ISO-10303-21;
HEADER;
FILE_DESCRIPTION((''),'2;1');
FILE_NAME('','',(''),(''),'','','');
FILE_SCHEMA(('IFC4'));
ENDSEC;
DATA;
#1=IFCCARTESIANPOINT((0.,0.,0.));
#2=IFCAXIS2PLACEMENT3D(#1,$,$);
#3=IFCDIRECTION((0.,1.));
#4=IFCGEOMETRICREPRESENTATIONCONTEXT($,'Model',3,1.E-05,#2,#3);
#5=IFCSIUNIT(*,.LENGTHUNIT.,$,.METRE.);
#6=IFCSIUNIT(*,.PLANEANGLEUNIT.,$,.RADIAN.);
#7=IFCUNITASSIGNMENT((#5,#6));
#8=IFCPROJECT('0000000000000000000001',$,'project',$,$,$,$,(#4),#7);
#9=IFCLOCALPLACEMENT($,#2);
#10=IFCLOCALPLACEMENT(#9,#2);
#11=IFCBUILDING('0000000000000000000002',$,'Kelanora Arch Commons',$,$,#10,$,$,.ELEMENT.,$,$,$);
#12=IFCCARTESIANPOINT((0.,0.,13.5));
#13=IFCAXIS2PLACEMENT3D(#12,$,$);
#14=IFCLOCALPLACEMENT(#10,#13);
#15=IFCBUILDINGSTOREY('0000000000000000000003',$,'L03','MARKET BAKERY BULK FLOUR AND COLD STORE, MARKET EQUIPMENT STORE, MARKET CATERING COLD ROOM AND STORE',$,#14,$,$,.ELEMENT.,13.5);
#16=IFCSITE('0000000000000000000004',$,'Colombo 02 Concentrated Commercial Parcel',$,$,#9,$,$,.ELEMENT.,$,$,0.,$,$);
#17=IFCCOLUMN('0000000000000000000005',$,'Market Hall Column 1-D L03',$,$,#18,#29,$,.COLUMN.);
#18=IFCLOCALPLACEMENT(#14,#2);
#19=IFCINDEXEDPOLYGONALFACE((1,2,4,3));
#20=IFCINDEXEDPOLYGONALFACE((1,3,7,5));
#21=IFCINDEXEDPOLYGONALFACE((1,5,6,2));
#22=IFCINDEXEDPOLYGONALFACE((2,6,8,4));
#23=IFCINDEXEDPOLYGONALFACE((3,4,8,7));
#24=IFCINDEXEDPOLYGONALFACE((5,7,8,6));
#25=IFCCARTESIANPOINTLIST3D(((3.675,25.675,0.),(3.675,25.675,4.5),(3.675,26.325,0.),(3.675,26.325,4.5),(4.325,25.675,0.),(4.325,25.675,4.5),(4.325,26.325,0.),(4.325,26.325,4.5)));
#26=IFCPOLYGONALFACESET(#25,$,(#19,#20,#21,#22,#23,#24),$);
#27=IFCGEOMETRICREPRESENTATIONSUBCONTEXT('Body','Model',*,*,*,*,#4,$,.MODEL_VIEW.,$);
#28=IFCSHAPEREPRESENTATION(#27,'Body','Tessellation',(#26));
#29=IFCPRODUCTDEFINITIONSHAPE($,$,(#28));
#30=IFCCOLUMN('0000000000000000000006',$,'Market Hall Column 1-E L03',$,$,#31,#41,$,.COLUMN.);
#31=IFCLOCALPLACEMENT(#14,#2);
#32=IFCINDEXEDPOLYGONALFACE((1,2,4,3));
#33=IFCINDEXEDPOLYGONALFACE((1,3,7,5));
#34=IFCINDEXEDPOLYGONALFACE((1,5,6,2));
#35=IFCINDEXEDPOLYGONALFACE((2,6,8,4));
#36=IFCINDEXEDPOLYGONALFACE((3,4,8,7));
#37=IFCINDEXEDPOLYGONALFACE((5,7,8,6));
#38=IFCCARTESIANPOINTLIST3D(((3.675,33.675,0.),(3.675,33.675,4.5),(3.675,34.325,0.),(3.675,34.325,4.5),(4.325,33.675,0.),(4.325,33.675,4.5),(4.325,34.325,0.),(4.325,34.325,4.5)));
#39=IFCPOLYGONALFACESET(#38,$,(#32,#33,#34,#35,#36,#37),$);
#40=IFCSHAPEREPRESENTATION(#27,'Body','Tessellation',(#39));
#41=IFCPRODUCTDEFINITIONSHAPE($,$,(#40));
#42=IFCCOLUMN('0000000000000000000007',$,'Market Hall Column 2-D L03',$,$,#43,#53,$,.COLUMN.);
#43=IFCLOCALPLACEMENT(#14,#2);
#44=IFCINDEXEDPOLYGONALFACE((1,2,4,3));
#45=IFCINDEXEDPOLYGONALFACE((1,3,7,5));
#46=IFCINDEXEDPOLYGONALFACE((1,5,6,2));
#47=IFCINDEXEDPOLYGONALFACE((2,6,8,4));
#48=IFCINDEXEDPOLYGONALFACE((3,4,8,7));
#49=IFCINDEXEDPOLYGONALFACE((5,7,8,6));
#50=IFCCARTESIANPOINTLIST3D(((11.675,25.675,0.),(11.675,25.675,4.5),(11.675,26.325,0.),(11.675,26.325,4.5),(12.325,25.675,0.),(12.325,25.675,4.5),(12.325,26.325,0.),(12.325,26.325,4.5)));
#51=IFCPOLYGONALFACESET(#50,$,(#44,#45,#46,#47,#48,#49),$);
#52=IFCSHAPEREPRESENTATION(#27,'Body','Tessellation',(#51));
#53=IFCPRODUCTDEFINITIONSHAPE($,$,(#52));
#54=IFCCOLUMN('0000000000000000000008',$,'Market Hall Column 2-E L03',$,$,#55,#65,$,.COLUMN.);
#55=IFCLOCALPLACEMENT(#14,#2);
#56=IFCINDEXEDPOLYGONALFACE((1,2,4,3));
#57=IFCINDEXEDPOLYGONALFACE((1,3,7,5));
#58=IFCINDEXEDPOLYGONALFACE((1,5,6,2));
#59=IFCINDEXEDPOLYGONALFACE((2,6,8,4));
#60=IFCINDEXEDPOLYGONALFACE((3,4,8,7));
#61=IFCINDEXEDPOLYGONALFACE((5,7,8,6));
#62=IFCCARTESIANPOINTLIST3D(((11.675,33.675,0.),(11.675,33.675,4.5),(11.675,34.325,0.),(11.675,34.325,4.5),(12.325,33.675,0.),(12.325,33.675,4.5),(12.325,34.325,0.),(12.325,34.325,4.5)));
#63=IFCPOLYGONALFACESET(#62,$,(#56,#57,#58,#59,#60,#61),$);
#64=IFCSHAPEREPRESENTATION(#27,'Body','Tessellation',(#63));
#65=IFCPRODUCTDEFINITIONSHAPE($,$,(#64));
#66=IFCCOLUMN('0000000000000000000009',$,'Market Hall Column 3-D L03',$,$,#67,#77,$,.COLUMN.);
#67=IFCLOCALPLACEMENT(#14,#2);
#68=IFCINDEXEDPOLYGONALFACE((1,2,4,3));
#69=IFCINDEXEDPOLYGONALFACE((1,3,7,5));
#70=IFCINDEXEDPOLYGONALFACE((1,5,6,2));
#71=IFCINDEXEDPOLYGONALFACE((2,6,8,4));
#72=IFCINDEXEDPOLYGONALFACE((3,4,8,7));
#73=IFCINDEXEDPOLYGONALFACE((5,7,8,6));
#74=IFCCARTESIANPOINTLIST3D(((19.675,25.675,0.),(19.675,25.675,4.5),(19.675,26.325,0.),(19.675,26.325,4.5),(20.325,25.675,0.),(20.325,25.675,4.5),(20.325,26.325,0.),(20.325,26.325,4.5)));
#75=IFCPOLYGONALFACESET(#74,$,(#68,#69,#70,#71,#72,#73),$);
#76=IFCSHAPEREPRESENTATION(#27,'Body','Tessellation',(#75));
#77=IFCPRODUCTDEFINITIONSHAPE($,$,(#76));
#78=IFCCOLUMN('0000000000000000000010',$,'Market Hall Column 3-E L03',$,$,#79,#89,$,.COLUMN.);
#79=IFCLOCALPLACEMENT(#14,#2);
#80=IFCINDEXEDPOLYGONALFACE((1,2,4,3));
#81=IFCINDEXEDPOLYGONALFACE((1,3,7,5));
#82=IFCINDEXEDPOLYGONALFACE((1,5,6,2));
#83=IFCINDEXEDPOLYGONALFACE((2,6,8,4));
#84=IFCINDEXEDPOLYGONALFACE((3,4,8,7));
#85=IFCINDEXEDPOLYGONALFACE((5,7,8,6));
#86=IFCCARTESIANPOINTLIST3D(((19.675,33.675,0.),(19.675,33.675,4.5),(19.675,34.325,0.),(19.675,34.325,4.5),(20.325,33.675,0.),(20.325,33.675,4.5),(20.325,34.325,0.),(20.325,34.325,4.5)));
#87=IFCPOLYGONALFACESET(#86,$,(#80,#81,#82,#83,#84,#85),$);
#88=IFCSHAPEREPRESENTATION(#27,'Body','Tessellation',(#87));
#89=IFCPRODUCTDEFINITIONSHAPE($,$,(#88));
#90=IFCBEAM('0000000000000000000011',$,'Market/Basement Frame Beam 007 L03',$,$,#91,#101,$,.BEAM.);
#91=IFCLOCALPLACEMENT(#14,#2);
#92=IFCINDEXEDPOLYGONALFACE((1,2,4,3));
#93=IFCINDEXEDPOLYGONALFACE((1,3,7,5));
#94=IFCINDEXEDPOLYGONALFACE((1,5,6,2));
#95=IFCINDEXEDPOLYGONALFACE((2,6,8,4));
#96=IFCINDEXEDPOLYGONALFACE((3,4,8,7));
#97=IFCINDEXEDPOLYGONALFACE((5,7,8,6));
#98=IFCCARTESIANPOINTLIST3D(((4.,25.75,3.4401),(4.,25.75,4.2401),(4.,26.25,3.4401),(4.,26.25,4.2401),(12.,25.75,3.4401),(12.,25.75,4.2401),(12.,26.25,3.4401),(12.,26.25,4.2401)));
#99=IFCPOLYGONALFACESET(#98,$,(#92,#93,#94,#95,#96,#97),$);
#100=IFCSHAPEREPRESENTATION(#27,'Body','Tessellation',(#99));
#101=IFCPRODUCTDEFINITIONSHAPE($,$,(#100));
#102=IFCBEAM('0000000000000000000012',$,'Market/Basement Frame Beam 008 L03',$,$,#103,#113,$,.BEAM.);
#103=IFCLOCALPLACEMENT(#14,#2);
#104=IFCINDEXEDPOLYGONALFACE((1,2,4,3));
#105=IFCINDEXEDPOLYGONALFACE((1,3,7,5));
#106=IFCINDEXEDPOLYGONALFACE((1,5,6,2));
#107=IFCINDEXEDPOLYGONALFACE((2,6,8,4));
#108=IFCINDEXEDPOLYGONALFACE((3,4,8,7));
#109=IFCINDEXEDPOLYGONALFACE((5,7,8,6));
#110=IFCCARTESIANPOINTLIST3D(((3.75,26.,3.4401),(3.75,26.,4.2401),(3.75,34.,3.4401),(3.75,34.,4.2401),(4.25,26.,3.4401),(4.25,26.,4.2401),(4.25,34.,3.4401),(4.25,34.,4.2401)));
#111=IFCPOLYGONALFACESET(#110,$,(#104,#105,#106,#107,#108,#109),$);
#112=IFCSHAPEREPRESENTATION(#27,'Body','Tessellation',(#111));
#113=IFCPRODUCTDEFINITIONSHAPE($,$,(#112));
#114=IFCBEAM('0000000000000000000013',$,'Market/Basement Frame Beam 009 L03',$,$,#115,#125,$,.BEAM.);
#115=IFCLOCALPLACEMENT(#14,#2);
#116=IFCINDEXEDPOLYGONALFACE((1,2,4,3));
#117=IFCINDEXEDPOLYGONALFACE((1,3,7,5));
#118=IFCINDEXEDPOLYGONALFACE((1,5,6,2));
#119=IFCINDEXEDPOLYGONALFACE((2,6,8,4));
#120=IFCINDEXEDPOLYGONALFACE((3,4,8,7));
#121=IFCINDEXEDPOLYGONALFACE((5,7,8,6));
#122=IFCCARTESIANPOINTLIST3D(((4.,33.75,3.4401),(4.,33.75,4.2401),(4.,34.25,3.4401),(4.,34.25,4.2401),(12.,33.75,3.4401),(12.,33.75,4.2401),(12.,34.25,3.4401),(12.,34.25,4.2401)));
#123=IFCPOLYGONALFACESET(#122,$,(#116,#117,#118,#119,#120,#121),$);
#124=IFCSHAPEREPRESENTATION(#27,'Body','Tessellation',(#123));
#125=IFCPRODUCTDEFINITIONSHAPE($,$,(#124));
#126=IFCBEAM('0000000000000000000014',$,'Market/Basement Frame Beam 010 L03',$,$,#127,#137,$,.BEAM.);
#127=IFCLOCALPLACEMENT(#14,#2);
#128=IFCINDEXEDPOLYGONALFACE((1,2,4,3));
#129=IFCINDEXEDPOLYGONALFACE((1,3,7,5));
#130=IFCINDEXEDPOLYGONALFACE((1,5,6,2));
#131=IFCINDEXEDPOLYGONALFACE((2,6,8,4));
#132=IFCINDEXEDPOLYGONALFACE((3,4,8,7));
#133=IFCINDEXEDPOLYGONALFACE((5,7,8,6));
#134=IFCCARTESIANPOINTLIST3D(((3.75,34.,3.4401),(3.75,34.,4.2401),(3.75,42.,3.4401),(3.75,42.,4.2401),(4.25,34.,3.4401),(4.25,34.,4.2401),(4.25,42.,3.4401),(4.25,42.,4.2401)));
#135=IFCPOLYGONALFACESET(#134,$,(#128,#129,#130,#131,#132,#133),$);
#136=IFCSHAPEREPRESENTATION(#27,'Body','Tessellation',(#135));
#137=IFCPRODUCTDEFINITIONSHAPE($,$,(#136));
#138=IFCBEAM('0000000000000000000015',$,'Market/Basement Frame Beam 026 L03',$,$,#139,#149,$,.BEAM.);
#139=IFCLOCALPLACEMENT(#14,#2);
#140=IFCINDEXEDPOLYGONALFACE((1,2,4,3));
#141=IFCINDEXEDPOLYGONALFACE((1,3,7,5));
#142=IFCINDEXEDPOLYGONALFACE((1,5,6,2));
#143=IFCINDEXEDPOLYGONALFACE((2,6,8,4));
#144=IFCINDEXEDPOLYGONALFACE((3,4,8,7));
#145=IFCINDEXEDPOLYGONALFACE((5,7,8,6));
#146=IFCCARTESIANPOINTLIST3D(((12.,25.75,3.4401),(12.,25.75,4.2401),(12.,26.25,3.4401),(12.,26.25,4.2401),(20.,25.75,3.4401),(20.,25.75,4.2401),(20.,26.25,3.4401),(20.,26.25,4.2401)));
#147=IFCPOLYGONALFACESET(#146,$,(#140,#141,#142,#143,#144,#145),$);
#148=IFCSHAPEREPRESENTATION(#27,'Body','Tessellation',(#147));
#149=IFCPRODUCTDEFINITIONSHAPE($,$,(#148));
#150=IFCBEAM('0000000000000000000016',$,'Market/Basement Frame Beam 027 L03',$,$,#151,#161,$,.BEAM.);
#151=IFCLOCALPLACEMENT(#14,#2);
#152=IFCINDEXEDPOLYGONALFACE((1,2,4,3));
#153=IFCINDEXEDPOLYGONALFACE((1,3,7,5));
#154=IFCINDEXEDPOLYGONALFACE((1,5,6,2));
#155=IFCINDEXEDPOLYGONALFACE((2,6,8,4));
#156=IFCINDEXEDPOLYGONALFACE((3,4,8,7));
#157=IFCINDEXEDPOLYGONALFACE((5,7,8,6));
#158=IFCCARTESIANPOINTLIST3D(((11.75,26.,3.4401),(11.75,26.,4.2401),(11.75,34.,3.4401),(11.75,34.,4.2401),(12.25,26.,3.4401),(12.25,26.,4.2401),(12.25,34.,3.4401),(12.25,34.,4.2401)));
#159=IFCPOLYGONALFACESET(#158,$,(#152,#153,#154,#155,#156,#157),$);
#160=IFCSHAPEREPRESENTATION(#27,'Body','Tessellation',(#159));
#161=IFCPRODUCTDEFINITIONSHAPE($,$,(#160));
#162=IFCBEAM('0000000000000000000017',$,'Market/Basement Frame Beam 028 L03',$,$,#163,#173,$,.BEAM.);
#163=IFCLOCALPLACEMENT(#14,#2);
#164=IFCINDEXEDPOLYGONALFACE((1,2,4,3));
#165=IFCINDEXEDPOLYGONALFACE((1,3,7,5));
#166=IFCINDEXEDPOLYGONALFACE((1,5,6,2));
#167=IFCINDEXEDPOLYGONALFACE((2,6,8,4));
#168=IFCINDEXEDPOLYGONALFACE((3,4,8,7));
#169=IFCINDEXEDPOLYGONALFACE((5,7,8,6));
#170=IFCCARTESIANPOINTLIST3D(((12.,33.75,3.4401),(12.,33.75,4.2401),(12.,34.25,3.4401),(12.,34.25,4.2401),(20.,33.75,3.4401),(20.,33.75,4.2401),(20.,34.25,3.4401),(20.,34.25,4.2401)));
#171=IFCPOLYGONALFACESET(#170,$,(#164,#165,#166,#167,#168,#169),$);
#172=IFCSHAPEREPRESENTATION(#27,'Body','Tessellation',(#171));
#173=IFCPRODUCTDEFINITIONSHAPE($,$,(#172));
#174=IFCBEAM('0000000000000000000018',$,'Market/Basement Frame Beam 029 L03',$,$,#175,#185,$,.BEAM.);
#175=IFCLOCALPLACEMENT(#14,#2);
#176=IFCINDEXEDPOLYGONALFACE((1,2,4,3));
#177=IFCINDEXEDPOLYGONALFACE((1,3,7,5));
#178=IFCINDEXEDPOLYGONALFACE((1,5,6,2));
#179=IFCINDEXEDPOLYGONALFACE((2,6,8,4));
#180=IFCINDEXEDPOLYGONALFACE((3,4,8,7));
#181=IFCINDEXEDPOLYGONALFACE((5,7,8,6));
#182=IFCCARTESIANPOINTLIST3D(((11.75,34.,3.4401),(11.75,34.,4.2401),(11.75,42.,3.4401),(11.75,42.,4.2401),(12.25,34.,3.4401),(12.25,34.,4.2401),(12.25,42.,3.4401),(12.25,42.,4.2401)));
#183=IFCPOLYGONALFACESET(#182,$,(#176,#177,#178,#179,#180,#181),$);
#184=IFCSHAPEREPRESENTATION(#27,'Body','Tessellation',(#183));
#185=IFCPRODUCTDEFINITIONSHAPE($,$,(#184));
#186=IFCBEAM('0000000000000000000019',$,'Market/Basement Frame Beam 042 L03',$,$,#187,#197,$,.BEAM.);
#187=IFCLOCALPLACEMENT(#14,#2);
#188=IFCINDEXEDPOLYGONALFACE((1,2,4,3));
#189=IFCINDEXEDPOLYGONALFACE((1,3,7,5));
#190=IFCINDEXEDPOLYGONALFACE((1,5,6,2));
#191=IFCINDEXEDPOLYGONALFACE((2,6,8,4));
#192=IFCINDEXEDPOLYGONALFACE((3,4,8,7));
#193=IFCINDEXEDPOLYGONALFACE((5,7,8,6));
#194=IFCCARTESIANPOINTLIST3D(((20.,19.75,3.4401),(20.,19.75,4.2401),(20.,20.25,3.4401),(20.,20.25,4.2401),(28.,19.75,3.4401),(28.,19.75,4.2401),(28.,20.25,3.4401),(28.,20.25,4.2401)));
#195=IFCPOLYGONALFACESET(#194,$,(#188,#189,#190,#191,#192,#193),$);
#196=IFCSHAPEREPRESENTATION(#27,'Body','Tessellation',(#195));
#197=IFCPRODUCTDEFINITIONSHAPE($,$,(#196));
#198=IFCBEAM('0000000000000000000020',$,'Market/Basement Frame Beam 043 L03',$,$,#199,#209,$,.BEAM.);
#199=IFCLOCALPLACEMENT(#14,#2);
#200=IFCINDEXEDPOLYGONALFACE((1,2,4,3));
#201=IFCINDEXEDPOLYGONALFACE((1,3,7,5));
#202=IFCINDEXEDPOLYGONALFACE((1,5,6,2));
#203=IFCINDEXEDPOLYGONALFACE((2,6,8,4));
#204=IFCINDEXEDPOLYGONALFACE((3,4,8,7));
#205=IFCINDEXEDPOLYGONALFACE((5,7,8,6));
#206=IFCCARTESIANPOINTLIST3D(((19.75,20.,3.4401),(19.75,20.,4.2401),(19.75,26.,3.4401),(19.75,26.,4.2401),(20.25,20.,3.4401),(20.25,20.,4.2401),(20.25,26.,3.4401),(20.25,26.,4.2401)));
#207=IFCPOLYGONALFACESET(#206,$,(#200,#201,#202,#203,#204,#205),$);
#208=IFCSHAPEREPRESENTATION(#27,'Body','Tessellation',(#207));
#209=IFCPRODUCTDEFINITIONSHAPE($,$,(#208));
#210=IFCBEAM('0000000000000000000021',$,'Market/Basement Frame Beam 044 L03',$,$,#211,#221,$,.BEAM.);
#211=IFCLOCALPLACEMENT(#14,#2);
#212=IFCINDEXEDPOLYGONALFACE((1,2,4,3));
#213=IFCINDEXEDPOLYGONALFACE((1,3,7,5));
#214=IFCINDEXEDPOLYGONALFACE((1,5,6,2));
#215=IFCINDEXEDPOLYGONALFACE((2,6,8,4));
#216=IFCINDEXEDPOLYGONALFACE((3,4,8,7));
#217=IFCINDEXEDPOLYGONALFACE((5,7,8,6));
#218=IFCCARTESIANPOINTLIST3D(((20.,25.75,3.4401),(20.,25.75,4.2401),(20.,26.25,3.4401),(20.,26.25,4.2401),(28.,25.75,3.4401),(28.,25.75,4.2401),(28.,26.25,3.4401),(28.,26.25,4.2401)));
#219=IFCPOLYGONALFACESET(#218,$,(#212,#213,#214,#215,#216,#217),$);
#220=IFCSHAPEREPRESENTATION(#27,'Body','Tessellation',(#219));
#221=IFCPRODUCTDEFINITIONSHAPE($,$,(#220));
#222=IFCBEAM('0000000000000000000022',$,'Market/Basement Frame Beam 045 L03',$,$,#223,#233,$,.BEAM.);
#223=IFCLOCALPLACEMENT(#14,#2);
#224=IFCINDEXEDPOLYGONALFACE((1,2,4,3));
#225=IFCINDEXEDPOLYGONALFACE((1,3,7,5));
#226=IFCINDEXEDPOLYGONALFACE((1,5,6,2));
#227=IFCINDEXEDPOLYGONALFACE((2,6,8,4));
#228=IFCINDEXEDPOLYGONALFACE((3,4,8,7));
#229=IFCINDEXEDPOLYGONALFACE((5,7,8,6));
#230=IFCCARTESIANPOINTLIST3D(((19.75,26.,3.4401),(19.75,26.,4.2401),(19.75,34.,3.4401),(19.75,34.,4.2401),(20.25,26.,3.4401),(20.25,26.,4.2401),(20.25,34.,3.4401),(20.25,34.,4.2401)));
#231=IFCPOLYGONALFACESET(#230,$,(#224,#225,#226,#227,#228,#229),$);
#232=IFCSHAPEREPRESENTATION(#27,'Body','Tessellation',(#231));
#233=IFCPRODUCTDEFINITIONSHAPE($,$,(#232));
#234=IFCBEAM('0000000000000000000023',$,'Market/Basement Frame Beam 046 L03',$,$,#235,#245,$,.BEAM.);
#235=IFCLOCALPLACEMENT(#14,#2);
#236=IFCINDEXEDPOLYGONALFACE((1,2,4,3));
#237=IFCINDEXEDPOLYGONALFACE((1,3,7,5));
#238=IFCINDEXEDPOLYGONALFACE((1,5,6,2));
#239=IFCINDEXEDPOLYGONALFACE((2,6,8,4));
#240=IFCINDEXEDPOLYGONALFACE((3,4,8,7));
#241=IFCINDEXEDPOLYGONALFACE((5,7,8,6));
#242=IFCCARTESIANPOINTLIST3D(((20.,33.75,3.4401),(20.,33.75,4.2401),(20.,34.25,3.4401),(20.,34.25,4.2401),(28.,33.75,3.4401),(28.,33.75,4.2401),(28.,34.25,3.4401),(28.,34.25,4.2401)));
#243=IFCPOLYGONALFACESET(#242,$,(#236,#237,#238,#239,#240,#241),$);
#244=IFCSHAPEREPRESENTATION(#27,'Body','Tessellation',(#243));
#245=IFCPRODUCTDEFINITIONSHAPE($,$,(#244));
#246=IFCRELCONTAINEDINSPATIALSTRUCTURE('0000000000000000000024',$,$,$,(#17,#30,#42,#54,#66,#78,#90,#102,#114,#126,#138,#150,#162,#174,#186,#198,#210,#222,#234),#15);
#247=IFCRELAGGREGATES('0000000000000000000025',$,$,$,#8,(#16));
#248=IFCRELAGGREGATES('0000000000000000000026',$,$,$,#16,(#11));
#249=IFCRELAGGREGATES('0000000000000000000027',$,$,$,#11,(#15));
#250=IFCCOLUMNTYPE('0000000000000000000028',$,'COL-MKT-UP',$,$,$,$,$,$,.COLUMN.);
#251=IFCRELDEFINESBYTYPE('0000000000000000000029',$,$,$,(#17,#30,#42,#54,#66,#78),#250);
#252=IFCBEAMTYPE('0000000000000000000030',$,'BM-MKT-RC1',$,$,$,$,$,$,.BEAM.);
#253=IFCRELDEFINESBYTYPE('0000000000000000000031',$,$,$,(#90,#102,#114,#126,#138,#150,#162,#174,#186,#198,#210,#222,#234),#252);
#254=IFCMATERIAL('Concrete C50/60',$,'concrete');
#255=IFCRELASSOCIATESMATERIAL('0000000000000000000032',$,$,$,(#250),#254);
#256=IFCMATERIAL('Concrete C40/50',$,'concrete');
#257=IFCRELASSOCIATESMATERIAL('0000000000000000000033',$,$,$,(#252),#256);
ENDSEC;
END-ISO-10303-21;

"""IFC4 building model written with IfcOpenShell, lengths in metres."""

from ifc_helpers import new_model, si_unit, direction, frame, origin, origin_2d, place, context, subcontext, project, spatial, rectangle, extrude, material, material_profile, profile_set, type_object, element, save


model = new_model("IFC4")

# Units and contexts
model_context = context("Model", 3, precision=1e-05, world=origin(), true_north=direction((0.0, 1.0)))
body_context = subcontext(model_context, "Body", "Model", "MODEL_VIEW")
ifc_project = project(units=[si_unit("LENGTHUNIT", "METRE"), si_unit("PLANEANGLEUNIT", "RADIAN")], contexts=[model_context])

# Site, building, storey
site_placement = place(None, origin())
site = spatial("IfcSite", under=ifc_project, at=site_placement, Name="Colombo 02 Concentrated Commercial Parcel", CompositionType="ELEMENT", RefElevation=0.0)
building_placement = place(site_placement, origin())
building = spatial("IfcBuilding", under=site, at=building_placement, Name="Kelanora Arch Commons", CompositionType="ELEMENT")
storey_placement = place(building_placement, frame((0.0, 0.0, 13.5)))
storey = spatial("IfcBuildingStorey", under=building, at=storey_placement, Name="L03", Description="MARKET BAKERY BULK FLOUR AND COLD STORE, MARKET EQUIPMENT STORE, MARKET CATERING COLD ROOM AND STORE", CompositionType="ELEMENT", Elevation=13.5)

# Columns
ifc_material_1 = material(Name="Concrete C50/60", Category="concrete")
ifc_material_profile_1 = material_profile(ifc_material_1, rectangle(XDim=0.6499, YDim=0.6499, at=origin_2d()), Name="RC650x650")
ifc_profile_set_1 = profile_set([ifc_material_profile_1], Name="Concrete C50/60")
column_type = type_object("IfcColumnType", Name="COL-MKT-UP", PredefinedType="COLUMN", material=ifc_profile_set_1)
for number, where, z_axis, x_axis, name in (
    (1, (4.0, 26.0, 0.0), (0.0, 0.0, 1.0), (1.0, 0.0, 0.0), "Market Hall Column 1-D L03"),
    (2, (4.0, 34.0, 0.0), (0.0, 0.0, 1.0), (1.0, 0.0, 0.0), "Market Hall Column 1-E L03"),
    (3, (12.0, 26.0, 0.0), (0.0, 0.0, 1.0), (1.0, 0.0, 0.0), "Market Hall Column 2-D L03"),
    (4, (12.0, 34.0, 0.0), (0.0, 0.0, 1.0), (1.0, 0.0, 0.0), "Market Hall Column 2-E L03"),
    (5, (20.0, 26.0, 0.0), (0.0, 0.0, 1.0), (1.0, 0.0, 0.0), "Market Hall Column 3-D L03"),
    (6, (20.0, 34.0, 0.0), (0.0, 0.0, 1.0), (1.0, 0.0, 0.0), "Market Hall Column 3-E L03"),
):
    element("IfcColumn", number, at=place(storey_placement, frame(where, z_axis=z_axis, x_axis=x_axis)), inside=storey, type_object=column_type, Name=name, PredefinedType="COLUMN", context=body_context, shape_type="SweptSolid", body=[
        extrude(rectangle(XDim=0.6499, YDim=0.6499, at=origin_2d()), origin(), (0.0, 0.0, 1.0), 4.5),
    ])

# Beams
ifc_material_2 = material(Name="Concrete C40/50", Category="concrete")
ifc_material_profile_2 = material_profile(ifc_material_2, rectangle(XDim=0.5, YDim=0.8, at=origin_2d()), Name="RCB500x800")
ifc_profile_set_2 = profile_set([ifc_material_profile_2], Name="Concrete C40/50")
beam_type = type_object("IfcBeamType", Name="BM-MKT-RC1", PredefinedType="BEAM", material=ifc_profile_set_2)
for number, where, z_axis, x_axis, name in (
    (7, (4.0, 26.0, 3.8401), (1.0, 0.0, 0.0), (0.0, 1.0, 0.0), "Market/Basement Frame Beam 007 L03"),
    (8, (4.0, 26.0, 3.8401), (0.0, 1.0, 0.0), (-1.0, 0.0, 0.0), "Market/Basement Frame Beam 008 L03"),
    (9, (4.0, 34.0, 3.8401), (1.0, 0.0, 0.0), (0.0, 1.0, 0.0), "Market/Basement Frame Beam 009 L03"),
    (10, (4.0, 34.0, 3.8401), (0.0, 1.0, 0.0), (-1.0, 0.0, 0.0), "Market/Basement Frame Beam 010 L03"),
    (11, (12.0, 26.0, 3.8401), (1.0, 0.0, 0.0), (0.0, 1.0, 0.0), "Market/Basement Frame Beam 026 L03"),
    (12, (12.0, 26.0, 3.8401), (0.0, 1.0, 0.0), (-1.0, 0.0, 0.0), "Market/Basement Frame Beam 027 L03"),
    (13, (12.0, 34.0, 3.8401), (1.0, 0.0, 0.0), (0.0, 1.0, 0.0), "Market/Basement Frame Beam 028 L03"),
    (14, (12.0, 34.0, 3.8401), (0.0, 1.0, 0.0), (-1.0, 0.0, 0.0), "Market/Basement Frame Beam 029 L03"),
    (15, (20.0, 20.0, 3.8401), (1.0, 0.0, 0.0), (0.0, 1.0, 0.0), "Market/Basement Frame Beam 042 L03"),
):
    element("IfcBeam", number, at=place(storey_placement, frame(where, z_axis=z_axis, x_axis=x_axis)), inside=storey, type_object=beam_type, Name=name, PredefinedType="BEAM", context=body_context, shape_type="SweptSolid", body=[
        extrude(rectangle(XDim=0.5, YDim=0.8, at=origin_2d()), origin(), (0.0, 0.0, 1.0), 8.0),
    ])
beam_placement = place(storey_placement, frame((20.0, 20.0, 3.8401), z_axis=(0.0, 1.0, 0.0), x_axis=(-1.0, 0.0, 0.0)))
element("IfcBeam", 16, at=beam_placement, inside=storey, type_object=beam_type, Name="Market/Basement Frame Beam 043 L03", PredefinedType="BEAM", context=body_context, shape_type="SweptSolid", body=[
    extrude(rectangle(XDim=0.5, YDim=0.8, at=origin_2d()), origin(), (0.0, 0.0, 1.0), 6.0),
])
for number, where, z_axis, x_axis, name in (
    (17, (20.0, 26.0, 3.8401), (1.0, 0.0, 0.0), (0.0, 1.0, 0.0), "Market/Basement Frame Beam 044 L03"),
    (18, (20.0, 26.0, 3.8401), (0.0, 1.0, 0.0), (-1.0, 0.0, 0.0), "Market/Basement Frame Beam 045 L03"),
    (19, (20.0, 34.0, 3.8401), (1.0, 0.0, 0.0), (0.0, 1.0, 0.0), "Market/Basement Frame Beam 046 L03"),
):
    element("IfcBeam", number, at=place(storey_placement, frame(where, z_axis=z_axis, x_axis=x_axis)), inside=storey, type_object=beam_type, Name=name, PredefinedType="BEAM", context=body_context, shape_type="SweptSolid", body=[
        extrude(rectangle(XDim=0.5, YDim=0.8, at=origin_2d()), origin(), (0.0, 0.0, 1.0), 8.0),
    ])

save(model, "model.ifc")
